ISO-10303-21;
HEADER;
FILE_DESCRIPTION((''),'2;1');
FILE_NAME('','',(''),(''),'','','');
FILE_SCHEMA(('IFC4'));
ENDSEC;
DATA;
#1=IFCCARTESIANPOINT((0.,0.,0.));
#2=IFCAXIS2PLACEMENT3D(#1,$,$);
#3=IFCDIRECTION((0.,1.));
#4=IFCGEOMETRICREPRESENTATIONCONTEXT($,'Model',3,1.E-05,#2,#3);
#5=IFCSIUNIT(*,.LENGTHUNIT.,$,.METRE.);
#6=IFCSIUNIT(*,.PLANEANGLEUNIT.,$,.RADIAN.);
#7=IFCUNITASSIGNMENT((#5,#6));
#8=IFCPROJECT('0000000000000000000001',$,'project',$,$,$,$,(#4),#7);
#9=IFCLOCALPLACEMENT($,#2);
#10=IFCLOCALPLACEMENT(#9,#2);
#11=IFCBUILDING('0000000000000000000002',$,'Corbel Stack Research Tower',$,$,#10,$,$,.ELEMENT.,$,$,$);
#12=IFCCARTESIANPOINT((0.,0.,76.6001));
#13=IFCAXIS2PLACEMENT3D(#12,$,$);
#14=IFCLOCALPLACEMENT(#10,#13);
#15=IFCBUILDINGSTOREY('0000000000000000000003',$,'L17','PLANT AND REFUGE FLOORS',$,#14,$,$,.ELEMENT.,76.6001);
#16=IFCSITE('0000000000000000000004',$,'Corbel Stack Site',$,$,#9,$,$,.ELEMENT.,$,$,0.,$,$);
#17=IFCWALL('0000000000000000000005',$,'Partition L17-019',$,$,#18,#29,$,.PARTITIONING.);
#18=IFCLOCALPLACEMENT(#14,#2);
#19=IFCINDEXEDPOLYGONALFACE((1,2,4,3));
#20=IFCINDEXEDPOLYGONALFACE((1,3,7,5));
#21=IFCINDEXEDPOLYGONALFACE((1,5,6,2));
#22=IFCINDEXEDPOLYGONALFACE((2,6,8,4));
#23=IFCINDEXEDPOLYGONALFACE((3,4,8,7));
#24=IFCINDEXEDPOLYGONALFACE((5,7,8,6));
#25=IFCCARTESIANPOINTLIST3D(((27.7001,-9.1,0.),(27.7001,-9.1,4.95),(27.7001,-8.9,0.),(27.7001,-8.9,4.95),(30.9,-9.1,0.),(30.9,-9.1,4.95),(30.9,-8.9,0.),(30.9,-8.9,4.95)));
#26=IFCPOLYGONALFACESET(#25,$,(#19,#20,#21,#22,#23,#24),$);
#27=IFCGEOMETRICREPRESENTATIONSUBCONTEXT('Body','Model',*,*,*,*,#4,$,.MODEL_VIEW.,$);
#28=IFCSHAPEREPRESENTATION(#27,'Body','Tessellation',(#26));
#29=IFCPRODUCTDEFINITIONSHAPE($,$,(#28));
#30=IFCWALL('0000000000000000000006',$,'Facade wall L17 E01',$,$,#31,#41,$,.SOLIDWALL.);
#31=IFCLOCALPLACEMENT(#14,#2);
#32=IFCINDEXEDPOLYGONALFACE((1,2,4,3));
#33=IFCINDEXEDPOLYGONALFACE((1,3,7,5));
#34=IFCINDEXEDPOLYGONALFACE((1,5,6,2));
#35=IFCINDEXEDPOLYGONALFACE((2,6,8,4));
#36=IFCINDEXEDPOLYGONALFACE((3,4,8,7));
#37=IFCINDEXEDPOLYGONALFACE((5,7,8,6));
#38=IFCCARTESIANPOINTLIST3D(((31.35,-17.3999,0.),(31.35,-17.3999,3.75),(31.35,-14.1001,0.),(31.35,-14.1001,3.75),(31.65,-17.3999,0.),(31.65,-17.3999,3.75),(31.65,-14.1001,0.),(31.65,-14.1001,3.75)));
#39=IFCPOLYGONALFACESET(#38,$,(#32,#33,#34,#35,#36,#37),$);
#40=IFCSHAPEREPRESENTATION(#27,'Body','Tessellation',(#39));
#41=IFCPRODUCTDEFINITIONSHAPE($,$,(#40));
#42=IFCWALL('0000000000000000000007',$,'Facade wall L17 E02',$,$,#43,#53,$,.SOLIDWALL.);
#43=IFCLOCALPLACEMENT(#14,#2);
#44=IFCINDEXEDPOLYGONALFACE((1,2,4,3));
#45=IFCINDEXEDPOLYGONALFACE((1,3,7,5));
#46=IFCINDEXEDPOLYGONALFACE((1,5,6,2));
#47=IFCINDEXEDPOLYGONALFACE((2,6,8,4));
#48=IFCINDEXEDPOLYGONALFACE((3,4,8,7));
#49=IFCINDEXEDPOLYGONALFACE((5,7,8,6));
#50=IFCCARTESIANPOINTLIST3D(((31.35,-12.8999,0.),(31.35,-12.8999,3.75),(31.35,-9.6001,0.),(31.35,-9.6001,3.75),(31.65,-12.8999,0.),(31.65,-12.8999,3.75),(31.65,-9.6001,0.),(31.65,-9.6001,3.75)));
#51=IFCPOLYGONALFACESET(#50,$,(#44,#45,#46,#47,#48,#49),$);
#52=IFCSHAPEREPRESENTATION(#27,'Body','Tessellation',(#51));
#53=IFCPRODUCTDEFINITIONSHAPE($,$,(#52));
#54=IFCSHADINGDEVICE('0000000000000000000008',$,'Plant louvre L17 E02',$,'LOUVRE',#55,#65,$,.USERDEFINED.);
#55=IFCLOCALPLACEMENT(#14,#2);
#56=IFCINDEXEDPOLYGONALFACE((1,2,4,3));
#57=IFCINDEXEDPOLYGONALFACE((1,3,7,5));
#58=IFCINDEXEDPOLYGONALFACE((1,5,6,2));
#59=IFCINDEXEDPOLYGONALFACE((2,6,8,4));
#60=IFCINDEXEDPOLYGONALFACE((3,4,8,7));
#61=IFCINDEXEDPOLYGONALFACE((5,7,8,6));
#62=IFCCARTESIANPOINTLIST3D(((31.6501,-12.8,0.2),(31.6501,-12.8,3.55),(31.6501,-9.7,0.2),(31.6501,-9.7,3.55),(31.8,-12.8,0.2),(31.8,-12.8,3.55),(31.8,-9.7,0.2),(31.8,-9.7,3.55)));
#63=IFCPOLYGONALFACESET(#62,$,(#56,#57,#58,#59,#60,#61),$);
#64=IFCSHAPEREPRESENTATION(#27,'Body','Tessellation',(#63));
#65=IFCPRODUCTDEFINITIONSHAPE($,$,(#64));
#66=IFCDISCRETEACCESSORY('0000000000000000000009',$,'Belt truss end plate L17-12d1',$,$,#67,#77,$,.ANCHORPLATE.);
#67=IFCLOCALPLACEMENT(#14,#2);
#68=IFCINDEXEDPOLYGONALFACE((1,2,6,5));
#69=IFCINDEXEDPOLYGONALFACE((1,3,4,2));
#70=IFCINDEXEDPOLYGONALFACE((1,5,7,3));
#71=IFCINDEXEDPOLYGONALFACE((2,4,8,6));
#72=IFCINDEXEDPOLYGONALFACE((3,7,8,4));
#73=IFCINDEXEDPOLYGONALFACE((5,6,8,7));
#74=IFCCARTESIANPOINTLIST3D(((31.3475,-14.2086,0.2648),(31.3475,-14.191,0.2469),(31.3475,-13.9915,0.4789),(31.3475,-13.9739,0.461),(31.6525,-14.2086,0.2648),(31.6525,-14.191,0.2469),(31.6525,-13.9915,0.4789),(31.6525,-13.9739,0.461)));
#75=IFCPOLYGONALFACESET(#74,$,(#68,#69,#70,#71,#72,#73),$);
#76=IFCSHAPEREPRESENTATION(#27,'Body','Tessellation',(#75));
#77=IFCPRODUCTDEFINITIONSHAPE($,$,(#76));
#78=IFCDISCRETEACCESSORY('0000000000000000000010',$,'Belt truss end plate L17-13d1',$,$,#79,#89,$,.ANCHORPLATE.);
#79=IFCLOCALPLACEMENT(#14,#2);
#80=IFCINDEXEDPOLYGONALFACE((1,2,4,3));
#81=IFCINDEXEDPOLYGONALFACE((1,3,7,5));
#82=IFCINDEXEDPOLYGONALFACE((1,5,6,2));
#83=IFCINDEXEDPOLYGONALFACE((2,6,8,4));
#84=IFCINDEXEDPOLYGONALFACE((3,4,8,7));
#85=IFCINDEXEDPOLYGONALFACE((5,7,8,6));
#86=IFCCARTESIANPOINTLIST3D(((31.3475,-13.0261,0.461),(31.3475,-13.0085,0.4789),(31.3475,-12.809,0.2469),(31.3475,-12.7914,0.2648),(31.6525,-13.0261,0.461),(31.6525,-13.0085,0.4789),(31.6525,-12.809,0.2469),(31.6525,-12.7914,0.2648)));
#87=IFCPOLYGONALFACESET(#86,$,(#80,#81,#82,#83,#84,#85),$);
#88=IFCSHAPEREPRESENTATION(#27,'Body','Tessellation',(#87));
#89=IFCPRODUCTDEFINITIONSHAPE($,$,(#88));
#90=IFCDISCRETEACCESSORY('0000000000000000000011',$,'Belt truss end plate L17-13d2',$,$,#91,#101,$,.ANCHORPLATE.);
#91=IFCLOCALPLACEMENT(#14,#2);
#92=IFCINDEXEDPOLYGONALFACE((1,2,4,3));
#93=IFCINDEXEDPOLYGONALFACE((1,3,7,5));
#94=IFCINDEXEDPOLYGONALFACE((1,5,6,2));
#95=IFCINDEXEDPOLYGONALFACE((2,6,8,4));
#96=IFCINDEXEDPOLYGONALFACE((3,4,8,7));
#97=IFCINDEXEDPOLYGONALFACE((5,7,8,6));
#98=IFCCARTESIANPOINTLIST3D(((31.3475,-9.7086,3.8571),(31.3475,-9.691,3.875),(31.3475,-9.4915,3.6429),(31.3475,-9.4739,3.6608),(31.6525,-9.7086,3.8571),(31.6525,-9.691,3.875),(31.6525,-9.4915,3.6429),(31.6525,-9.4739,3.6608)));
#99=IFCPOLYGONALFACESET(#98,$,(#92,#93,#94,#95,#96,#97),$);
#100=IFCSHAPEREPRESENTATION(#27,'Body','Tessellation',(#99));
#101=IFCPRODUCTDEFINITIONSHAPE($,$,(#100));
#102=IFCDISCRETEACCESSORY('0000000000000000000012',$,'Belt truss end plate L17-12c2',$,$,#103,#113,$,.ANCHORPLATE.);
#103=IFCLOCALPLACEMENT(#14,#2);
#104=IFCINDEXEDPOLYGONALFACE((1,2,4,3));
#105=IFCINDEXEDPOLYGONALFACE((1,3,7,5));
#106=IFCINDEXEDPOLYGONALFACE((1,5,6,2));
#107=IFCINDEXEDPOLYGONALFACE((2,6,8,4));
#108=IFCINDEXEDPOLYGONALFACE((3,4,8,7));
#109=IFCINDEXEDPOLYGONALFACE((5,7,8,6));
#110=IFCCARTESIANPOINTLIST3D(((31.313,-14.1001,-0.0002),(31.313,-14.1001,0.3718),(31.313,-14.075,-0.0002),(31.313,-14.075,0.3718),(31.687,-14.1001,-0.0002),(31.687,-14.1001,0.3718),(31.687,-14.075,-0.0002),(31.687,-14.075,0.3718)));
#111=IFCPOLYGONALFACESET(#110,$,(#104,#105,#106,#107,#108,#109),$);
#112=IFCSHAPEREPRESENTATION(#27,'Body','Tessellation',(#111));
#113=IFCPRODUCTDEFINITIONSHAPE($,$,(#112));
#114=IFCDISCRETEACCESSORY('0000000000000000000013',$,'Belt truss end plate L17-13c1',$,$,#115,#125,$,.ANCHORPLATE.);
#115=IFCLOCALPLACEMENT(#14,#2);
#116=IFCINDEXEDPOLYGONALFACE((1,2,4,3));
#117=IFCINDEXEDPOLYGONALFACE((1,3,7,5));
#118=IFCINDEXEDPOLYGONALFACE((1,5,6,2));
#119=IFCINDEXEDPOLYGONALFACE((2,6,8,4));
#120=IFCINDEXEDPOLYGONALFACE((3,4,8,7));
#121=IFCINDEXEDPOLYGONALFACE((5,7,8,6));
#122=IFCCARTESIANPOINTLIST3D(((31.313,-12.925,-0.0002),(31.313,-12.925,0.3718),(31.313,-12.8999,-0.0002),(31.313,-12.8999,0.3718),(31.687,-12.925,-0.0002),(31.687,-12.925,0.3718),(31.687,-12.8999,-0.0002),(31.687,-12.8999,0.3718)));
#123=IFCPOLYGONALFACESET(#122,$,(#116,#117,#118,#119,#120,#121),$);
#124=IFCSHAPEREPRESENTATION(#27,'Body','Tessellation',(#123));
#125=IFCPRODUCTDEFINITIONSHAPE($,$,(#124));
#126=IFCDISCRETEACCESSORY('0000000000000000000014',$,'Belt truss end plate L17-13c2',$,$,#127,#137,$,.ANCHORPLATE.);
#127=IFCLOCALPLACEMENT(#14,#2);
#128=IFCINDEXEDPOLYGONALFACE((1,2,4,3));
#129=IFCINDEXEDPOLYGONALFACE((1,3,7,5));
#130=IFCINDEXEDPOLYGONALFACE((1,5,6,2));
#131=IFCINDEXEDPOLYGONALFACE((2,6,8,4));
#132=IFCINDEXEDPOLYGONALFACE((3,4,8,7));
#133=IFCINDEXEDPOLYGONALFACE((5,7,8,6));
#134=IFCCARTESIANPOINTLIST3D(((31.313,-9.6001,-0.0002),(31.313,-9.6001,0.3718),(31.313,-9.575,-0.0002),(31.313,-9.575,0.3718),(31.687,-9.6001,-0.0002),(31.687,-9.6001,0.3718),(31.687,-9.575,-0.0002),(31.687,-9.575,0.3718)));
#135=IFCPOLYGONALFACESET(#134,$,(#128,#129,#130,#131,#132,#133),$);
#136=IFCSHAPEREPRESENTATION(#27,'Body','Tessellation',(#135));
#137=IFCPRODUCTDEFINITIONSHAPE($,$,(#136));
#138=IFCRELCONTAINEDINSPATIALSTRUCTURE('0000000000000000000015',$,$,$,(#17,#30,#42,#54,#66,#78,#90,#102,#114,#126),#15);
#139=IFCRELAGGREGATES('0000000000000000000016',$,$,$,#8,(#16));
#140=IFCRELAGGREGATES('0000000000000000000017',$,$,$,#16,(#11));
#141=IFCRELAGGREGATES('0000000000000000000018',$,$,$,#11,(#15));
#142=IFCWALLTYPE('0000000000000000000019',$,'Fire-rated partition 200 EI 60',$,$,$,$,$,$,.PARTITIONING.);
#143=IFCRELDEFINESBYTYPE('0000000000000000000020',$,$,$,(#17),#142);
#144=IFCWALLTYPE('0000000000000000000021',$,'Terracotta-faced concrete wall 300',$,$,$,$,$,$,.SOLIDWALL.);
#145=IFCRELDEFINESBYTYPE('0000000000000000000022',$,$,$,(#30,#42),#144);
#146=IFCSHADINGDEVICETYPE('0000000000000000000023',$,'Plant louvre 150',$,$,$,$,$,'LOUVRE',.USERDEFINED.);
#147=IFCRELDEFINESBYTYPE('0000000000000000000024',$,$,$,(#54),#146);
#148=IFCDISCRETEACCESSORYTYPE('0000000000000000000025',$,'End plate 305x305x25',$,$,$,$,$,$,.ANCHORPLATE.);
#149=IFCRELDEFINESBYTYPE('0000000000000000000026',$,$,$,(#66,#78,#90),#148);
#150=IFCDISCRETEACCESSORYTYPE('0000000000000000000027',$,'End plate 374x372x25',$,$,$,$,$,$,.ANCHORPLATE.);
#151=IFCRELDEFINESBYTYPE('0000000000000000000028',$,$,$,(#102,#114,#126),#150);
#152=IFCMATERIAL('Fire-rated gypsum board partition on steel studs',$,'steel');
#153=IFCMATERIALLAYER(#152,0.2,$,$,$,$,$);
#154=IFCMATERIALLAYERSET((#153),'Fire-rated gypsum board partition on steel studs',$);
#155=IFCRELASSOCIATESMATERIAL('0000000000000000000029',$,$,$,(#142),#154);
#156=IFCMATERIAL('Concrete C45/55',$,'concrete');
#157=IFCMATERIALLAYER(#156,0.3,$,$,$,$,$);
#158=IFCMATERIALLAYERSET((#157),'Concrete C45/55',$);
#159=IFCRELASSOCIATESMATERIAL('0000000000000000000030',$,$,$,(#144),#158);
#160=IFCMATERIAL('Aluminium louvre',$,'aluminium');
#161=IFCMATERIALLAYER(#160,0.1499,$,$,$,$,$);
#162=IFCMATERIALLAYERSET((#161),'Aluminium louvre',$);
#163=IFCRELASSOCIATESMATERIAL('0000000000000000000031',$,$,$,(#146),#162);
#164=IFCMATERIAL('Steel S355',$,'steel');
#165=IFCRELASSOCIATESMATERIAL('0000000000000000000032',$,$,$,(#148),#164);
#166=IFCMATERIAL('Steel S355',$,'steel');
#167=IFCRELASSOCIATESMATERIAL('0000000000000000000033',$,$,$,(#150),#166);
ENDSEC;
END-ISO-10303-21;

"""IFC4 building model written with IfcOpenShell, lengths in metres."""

from ifc_helpers import new_model, si_unit, direction, frame, frame_2d, origin, origin_2d, place, context, subcontext, project, spatial, rectangle, extrude, material, layer, layer_set, material_profile, profile_set, type_object, element, save


model = new_model("IFC4")

# Units and contexts
model_context = context("Model", 3, precision=1e-05, world=origin(), true_north=direction((0.0, 1.0)))
body_context = subcontext(model_context, "Body", "Model", "MODEL_VIEW")
ifc_project = project(units=[si_unit("LENGTHUNIT", "METRE"), si_unit("PLANEANGLEUNIT", "RADIAN")], contexts=[model_context])

# Site, building, storey
site_placement = place(None, origin())
site = spatial("IfcSite", under=ifc_project, at=site_placement, Name="Corbel Stack Site", CompositionType="ELEMENT", RefElevation=0.0)
building_placement = place(site_placement, origin())
building = spatial("IfcBuilding", under=site, at=building_placement, Name="Corbel Stack Research Tower", CompositionType="ELEMENT")
storey_placement = place(building_placement, frame((0.0, 0.0, 76.6001)))
storey = spatial("IfcBuildingStorey", under=building, at=storey_placement, Name="L17", Description="PLANT AND REFUGE FLOORS", CompositionType="ELEMENT", Elevation=76.6001)

# Shared definitions
ifc_material_1 = material(Name="Fire-rated gypsum board partition on steel studs", Category="steel")
ifc_layer_1 = layer(ifc_material_1, 0.2)
ifc_layer_set_1 = layer_set([ifc_layer_1], Name="Fire-rated gypsum board partition on steel studs")
wall_type_1 = type_object("IfcWallType", Name="Fire-rated partition 200 EI 60", PredefinedType="PARTITIONING", material=ifc_layer_set_1)

# Walls
wall_1_placement = place(storey_placement, frame((27.7, -9.0, 0.0), z_axis=(0.0, 0.0, 1.0), x_axis=(1.0, 0.0, 0.0)))
element("IfcWall", 1, at=wall_1_placement, inside=storey, type_object=wall_type_1, Name="Partition L17-019", PredefinedType="PARTITIONING", context=body_context, shape_type="SweptSolid", body=[
    extrude(rectangle(XDim=3.2, YDim=0.2, at=frame_2d((1.6001, 0.0))), origin(), (0.0, 0.0, 1.0), 4.95),
])
ifc_material_2 = material(Name="Concrete C45/55", Category="concrete")
ifc_layer_2 = layer(ifc_material_2, 0.3)
ifc_layer_set_2 = layer_set([ifc_layer_2], Name="Concrete C45/55")
wall_type_2 = type_object("IfcWallType", Name="Terracotta-faced concrete wall 300", PredefinedType="SOLIDWALL", material=ifc_layer_set_2)
for number, where, z_axis, x_axis, name in (
    (2, (31.5, -14.1001, 0.0), (0.0, 0.0, 1.0), (0.0, -1.0, 0.0), "Facade wall L17 E01"),
    (3, (31.5, -9.6001, 0.0), (0.0, 0.0, 1.0), (0.0, -1.0, 0.0), "Facade wall L17 E02"),
):
    element("IfcWall", number, at=place(storey_placement, frame(where, z_axis=z_axis, x_axis=x_axis)), inside=storey, type_object=wall_type_2, Name=name, PredefinedType="SOLIDWALL", context=body_context, shape_type="SweptSolid", body=[
        extrude(rectangle(XDim=3.2998, YDim=0.3, at=frame_2d((1.6499, 0.0))), origin(), (0.0, 0.0, 1.0), 3.75),
    ])

# Shading device
ifc_material_3 = material(Name="Aluminium louvre", Category="aluminium")
ifc_layer_3 = layer(ifc_material_3, 0.1499)
ifc_layer_set_3 = layer_set([ifc_layer_3], Name="Aluminium louvre")
shading_device_type = type_object("IfcShadingDeviceType", Name="Plant louvre 150", ElementType="LOUVRE", PredefinedType="USERDEFINED", material=ifc_layer_set_3)
shading_device_placement = place(storey_placement, frame((31.7251, -11.25, 0.2), z_axis=(0.0, 0.0, 1.0), x_axis=(0.0, 1.0, 0.0)))
element("IfcShadingDevice", 4, at=shading_device_placement, inside=storey, type_object=shading_device_type, Name="Plant louvre L17 E02", ObjectType="LOUVRE", PredefinedType="USERDEFINED", context=body_context, shape_type="SweptSolid", body=[
    extrude(rectangle(XDim=3.1001, YDim=0.1499, at=origin_2d()), origin(), (0.0, 0.0, 1.0), 3.3501),
])

# Discrete accessories
ifc_material_4 = material(Name="Steel S355", Category="steel")
ifc_material_profile_1 = material_profile(ifc_material_4, rectangle(XDim=0.3049, YDim=0.3049, at=origin_2d()), Name="End plate 305x305x25")
ifc_profile_set_1 = profile_set([ifc_material_profile_1], Name="Steel S355")
discrete_accessory_type_1 = type_object("IfcDiscreteAccessoryType", Name="End plate 305x305x25", PredefinedType="ANCHORPLATE", material=ifc_profile_set_1)
for number, where, z_axis, x_axis, name in (
    (5, (31.5, -14.1001, 0.3718), (0.0, 0.702213, -0.711966), (-1.0, 0.0, 0.0), "Belt truss end plate L17-12d1"),
    (6, (31.5, -12.8999, 0.3718), (0.0, -0.702213, -0.711966), (1.0, 0.0, 0.0), "Belt truss end plate L17-13d1"),
    (7, (31.5, -9.6001, 3.75), (0.0, 0.702213, 0.711966), (-1.0, 0.0, 0.0), "Belt truss end plate L17-13d2"),
):
    element("IfcDiscreteAccessory", number, at=place(storey_placement, frame(where, z_axis=z_axis, x_axis=x_axis)), inside=storey, type_object=discrete_accessory_type_1, Name=name, PredefinedType="ANCHORPLATE", context=body_context, shape_type="SweptSolid", body=[
        extrude(rectangle(XDim=0.3049, YDim=0.3049, at=origin_2d()), origin(), (0.0, 0.0, 1.0), 0.0251),
    ])
ifc_material_5 = material(Name="Steel S355", Category="steel")
ifc_material_profile_2 = material_profile(ifc_material_5, rectangle(XDim=0.374, YDim=0.3721, at=origin_2d()), Name="End plate 374x372x25")
ifc_profile_set_2 = profile_set([ifc_material_profile_2], Name="Steel S355")
discrete_accessory_type_2 = type_object("IfcDiscreteAccessoryType", Name="End plate 374x372x25", PredefinedType="ANCHORPLATE", material=ifc_profile_set_2)
for number, where, z_axis, x_axis, name in (
    (8, (31.5, -14.1001, 0.1858), (0.0, 1.0, 0.0), (-1.0, 0.0, 0.0), "Belt truss end plate L17-12c2"),
    (9, (31.5, -12.8999, 0.1858), (0.0, -1.0, 0.0), (1.0, 0.0, 0.0), "Belt truss end plate L17-13c1"),
    (10, (31.5, -9.6001, 0.1858), (0.0, 1.0, 0.0), (-1.0, 0.0, 0.0), "Belt truss end plate L17-13c2"),
):
    element("IfcDiscreteAccessory", number, at=place(storey_placement, frame(where, z_axis=z_axis, x_axis=x_axis)), inside=storey, type_object=discrete_accessory_type_2, Name=name, PredefinedType="ANCHORPLATE", context=body_context, shape_type="SweptSolid", body=[
        extrude(rectangle(XDim=0.374, YDim=0.3721, at=origin_2d()), origin(), (0.0, 0.0, 1.0), 0.0251),
    ])

save(model, "model.ifc")
